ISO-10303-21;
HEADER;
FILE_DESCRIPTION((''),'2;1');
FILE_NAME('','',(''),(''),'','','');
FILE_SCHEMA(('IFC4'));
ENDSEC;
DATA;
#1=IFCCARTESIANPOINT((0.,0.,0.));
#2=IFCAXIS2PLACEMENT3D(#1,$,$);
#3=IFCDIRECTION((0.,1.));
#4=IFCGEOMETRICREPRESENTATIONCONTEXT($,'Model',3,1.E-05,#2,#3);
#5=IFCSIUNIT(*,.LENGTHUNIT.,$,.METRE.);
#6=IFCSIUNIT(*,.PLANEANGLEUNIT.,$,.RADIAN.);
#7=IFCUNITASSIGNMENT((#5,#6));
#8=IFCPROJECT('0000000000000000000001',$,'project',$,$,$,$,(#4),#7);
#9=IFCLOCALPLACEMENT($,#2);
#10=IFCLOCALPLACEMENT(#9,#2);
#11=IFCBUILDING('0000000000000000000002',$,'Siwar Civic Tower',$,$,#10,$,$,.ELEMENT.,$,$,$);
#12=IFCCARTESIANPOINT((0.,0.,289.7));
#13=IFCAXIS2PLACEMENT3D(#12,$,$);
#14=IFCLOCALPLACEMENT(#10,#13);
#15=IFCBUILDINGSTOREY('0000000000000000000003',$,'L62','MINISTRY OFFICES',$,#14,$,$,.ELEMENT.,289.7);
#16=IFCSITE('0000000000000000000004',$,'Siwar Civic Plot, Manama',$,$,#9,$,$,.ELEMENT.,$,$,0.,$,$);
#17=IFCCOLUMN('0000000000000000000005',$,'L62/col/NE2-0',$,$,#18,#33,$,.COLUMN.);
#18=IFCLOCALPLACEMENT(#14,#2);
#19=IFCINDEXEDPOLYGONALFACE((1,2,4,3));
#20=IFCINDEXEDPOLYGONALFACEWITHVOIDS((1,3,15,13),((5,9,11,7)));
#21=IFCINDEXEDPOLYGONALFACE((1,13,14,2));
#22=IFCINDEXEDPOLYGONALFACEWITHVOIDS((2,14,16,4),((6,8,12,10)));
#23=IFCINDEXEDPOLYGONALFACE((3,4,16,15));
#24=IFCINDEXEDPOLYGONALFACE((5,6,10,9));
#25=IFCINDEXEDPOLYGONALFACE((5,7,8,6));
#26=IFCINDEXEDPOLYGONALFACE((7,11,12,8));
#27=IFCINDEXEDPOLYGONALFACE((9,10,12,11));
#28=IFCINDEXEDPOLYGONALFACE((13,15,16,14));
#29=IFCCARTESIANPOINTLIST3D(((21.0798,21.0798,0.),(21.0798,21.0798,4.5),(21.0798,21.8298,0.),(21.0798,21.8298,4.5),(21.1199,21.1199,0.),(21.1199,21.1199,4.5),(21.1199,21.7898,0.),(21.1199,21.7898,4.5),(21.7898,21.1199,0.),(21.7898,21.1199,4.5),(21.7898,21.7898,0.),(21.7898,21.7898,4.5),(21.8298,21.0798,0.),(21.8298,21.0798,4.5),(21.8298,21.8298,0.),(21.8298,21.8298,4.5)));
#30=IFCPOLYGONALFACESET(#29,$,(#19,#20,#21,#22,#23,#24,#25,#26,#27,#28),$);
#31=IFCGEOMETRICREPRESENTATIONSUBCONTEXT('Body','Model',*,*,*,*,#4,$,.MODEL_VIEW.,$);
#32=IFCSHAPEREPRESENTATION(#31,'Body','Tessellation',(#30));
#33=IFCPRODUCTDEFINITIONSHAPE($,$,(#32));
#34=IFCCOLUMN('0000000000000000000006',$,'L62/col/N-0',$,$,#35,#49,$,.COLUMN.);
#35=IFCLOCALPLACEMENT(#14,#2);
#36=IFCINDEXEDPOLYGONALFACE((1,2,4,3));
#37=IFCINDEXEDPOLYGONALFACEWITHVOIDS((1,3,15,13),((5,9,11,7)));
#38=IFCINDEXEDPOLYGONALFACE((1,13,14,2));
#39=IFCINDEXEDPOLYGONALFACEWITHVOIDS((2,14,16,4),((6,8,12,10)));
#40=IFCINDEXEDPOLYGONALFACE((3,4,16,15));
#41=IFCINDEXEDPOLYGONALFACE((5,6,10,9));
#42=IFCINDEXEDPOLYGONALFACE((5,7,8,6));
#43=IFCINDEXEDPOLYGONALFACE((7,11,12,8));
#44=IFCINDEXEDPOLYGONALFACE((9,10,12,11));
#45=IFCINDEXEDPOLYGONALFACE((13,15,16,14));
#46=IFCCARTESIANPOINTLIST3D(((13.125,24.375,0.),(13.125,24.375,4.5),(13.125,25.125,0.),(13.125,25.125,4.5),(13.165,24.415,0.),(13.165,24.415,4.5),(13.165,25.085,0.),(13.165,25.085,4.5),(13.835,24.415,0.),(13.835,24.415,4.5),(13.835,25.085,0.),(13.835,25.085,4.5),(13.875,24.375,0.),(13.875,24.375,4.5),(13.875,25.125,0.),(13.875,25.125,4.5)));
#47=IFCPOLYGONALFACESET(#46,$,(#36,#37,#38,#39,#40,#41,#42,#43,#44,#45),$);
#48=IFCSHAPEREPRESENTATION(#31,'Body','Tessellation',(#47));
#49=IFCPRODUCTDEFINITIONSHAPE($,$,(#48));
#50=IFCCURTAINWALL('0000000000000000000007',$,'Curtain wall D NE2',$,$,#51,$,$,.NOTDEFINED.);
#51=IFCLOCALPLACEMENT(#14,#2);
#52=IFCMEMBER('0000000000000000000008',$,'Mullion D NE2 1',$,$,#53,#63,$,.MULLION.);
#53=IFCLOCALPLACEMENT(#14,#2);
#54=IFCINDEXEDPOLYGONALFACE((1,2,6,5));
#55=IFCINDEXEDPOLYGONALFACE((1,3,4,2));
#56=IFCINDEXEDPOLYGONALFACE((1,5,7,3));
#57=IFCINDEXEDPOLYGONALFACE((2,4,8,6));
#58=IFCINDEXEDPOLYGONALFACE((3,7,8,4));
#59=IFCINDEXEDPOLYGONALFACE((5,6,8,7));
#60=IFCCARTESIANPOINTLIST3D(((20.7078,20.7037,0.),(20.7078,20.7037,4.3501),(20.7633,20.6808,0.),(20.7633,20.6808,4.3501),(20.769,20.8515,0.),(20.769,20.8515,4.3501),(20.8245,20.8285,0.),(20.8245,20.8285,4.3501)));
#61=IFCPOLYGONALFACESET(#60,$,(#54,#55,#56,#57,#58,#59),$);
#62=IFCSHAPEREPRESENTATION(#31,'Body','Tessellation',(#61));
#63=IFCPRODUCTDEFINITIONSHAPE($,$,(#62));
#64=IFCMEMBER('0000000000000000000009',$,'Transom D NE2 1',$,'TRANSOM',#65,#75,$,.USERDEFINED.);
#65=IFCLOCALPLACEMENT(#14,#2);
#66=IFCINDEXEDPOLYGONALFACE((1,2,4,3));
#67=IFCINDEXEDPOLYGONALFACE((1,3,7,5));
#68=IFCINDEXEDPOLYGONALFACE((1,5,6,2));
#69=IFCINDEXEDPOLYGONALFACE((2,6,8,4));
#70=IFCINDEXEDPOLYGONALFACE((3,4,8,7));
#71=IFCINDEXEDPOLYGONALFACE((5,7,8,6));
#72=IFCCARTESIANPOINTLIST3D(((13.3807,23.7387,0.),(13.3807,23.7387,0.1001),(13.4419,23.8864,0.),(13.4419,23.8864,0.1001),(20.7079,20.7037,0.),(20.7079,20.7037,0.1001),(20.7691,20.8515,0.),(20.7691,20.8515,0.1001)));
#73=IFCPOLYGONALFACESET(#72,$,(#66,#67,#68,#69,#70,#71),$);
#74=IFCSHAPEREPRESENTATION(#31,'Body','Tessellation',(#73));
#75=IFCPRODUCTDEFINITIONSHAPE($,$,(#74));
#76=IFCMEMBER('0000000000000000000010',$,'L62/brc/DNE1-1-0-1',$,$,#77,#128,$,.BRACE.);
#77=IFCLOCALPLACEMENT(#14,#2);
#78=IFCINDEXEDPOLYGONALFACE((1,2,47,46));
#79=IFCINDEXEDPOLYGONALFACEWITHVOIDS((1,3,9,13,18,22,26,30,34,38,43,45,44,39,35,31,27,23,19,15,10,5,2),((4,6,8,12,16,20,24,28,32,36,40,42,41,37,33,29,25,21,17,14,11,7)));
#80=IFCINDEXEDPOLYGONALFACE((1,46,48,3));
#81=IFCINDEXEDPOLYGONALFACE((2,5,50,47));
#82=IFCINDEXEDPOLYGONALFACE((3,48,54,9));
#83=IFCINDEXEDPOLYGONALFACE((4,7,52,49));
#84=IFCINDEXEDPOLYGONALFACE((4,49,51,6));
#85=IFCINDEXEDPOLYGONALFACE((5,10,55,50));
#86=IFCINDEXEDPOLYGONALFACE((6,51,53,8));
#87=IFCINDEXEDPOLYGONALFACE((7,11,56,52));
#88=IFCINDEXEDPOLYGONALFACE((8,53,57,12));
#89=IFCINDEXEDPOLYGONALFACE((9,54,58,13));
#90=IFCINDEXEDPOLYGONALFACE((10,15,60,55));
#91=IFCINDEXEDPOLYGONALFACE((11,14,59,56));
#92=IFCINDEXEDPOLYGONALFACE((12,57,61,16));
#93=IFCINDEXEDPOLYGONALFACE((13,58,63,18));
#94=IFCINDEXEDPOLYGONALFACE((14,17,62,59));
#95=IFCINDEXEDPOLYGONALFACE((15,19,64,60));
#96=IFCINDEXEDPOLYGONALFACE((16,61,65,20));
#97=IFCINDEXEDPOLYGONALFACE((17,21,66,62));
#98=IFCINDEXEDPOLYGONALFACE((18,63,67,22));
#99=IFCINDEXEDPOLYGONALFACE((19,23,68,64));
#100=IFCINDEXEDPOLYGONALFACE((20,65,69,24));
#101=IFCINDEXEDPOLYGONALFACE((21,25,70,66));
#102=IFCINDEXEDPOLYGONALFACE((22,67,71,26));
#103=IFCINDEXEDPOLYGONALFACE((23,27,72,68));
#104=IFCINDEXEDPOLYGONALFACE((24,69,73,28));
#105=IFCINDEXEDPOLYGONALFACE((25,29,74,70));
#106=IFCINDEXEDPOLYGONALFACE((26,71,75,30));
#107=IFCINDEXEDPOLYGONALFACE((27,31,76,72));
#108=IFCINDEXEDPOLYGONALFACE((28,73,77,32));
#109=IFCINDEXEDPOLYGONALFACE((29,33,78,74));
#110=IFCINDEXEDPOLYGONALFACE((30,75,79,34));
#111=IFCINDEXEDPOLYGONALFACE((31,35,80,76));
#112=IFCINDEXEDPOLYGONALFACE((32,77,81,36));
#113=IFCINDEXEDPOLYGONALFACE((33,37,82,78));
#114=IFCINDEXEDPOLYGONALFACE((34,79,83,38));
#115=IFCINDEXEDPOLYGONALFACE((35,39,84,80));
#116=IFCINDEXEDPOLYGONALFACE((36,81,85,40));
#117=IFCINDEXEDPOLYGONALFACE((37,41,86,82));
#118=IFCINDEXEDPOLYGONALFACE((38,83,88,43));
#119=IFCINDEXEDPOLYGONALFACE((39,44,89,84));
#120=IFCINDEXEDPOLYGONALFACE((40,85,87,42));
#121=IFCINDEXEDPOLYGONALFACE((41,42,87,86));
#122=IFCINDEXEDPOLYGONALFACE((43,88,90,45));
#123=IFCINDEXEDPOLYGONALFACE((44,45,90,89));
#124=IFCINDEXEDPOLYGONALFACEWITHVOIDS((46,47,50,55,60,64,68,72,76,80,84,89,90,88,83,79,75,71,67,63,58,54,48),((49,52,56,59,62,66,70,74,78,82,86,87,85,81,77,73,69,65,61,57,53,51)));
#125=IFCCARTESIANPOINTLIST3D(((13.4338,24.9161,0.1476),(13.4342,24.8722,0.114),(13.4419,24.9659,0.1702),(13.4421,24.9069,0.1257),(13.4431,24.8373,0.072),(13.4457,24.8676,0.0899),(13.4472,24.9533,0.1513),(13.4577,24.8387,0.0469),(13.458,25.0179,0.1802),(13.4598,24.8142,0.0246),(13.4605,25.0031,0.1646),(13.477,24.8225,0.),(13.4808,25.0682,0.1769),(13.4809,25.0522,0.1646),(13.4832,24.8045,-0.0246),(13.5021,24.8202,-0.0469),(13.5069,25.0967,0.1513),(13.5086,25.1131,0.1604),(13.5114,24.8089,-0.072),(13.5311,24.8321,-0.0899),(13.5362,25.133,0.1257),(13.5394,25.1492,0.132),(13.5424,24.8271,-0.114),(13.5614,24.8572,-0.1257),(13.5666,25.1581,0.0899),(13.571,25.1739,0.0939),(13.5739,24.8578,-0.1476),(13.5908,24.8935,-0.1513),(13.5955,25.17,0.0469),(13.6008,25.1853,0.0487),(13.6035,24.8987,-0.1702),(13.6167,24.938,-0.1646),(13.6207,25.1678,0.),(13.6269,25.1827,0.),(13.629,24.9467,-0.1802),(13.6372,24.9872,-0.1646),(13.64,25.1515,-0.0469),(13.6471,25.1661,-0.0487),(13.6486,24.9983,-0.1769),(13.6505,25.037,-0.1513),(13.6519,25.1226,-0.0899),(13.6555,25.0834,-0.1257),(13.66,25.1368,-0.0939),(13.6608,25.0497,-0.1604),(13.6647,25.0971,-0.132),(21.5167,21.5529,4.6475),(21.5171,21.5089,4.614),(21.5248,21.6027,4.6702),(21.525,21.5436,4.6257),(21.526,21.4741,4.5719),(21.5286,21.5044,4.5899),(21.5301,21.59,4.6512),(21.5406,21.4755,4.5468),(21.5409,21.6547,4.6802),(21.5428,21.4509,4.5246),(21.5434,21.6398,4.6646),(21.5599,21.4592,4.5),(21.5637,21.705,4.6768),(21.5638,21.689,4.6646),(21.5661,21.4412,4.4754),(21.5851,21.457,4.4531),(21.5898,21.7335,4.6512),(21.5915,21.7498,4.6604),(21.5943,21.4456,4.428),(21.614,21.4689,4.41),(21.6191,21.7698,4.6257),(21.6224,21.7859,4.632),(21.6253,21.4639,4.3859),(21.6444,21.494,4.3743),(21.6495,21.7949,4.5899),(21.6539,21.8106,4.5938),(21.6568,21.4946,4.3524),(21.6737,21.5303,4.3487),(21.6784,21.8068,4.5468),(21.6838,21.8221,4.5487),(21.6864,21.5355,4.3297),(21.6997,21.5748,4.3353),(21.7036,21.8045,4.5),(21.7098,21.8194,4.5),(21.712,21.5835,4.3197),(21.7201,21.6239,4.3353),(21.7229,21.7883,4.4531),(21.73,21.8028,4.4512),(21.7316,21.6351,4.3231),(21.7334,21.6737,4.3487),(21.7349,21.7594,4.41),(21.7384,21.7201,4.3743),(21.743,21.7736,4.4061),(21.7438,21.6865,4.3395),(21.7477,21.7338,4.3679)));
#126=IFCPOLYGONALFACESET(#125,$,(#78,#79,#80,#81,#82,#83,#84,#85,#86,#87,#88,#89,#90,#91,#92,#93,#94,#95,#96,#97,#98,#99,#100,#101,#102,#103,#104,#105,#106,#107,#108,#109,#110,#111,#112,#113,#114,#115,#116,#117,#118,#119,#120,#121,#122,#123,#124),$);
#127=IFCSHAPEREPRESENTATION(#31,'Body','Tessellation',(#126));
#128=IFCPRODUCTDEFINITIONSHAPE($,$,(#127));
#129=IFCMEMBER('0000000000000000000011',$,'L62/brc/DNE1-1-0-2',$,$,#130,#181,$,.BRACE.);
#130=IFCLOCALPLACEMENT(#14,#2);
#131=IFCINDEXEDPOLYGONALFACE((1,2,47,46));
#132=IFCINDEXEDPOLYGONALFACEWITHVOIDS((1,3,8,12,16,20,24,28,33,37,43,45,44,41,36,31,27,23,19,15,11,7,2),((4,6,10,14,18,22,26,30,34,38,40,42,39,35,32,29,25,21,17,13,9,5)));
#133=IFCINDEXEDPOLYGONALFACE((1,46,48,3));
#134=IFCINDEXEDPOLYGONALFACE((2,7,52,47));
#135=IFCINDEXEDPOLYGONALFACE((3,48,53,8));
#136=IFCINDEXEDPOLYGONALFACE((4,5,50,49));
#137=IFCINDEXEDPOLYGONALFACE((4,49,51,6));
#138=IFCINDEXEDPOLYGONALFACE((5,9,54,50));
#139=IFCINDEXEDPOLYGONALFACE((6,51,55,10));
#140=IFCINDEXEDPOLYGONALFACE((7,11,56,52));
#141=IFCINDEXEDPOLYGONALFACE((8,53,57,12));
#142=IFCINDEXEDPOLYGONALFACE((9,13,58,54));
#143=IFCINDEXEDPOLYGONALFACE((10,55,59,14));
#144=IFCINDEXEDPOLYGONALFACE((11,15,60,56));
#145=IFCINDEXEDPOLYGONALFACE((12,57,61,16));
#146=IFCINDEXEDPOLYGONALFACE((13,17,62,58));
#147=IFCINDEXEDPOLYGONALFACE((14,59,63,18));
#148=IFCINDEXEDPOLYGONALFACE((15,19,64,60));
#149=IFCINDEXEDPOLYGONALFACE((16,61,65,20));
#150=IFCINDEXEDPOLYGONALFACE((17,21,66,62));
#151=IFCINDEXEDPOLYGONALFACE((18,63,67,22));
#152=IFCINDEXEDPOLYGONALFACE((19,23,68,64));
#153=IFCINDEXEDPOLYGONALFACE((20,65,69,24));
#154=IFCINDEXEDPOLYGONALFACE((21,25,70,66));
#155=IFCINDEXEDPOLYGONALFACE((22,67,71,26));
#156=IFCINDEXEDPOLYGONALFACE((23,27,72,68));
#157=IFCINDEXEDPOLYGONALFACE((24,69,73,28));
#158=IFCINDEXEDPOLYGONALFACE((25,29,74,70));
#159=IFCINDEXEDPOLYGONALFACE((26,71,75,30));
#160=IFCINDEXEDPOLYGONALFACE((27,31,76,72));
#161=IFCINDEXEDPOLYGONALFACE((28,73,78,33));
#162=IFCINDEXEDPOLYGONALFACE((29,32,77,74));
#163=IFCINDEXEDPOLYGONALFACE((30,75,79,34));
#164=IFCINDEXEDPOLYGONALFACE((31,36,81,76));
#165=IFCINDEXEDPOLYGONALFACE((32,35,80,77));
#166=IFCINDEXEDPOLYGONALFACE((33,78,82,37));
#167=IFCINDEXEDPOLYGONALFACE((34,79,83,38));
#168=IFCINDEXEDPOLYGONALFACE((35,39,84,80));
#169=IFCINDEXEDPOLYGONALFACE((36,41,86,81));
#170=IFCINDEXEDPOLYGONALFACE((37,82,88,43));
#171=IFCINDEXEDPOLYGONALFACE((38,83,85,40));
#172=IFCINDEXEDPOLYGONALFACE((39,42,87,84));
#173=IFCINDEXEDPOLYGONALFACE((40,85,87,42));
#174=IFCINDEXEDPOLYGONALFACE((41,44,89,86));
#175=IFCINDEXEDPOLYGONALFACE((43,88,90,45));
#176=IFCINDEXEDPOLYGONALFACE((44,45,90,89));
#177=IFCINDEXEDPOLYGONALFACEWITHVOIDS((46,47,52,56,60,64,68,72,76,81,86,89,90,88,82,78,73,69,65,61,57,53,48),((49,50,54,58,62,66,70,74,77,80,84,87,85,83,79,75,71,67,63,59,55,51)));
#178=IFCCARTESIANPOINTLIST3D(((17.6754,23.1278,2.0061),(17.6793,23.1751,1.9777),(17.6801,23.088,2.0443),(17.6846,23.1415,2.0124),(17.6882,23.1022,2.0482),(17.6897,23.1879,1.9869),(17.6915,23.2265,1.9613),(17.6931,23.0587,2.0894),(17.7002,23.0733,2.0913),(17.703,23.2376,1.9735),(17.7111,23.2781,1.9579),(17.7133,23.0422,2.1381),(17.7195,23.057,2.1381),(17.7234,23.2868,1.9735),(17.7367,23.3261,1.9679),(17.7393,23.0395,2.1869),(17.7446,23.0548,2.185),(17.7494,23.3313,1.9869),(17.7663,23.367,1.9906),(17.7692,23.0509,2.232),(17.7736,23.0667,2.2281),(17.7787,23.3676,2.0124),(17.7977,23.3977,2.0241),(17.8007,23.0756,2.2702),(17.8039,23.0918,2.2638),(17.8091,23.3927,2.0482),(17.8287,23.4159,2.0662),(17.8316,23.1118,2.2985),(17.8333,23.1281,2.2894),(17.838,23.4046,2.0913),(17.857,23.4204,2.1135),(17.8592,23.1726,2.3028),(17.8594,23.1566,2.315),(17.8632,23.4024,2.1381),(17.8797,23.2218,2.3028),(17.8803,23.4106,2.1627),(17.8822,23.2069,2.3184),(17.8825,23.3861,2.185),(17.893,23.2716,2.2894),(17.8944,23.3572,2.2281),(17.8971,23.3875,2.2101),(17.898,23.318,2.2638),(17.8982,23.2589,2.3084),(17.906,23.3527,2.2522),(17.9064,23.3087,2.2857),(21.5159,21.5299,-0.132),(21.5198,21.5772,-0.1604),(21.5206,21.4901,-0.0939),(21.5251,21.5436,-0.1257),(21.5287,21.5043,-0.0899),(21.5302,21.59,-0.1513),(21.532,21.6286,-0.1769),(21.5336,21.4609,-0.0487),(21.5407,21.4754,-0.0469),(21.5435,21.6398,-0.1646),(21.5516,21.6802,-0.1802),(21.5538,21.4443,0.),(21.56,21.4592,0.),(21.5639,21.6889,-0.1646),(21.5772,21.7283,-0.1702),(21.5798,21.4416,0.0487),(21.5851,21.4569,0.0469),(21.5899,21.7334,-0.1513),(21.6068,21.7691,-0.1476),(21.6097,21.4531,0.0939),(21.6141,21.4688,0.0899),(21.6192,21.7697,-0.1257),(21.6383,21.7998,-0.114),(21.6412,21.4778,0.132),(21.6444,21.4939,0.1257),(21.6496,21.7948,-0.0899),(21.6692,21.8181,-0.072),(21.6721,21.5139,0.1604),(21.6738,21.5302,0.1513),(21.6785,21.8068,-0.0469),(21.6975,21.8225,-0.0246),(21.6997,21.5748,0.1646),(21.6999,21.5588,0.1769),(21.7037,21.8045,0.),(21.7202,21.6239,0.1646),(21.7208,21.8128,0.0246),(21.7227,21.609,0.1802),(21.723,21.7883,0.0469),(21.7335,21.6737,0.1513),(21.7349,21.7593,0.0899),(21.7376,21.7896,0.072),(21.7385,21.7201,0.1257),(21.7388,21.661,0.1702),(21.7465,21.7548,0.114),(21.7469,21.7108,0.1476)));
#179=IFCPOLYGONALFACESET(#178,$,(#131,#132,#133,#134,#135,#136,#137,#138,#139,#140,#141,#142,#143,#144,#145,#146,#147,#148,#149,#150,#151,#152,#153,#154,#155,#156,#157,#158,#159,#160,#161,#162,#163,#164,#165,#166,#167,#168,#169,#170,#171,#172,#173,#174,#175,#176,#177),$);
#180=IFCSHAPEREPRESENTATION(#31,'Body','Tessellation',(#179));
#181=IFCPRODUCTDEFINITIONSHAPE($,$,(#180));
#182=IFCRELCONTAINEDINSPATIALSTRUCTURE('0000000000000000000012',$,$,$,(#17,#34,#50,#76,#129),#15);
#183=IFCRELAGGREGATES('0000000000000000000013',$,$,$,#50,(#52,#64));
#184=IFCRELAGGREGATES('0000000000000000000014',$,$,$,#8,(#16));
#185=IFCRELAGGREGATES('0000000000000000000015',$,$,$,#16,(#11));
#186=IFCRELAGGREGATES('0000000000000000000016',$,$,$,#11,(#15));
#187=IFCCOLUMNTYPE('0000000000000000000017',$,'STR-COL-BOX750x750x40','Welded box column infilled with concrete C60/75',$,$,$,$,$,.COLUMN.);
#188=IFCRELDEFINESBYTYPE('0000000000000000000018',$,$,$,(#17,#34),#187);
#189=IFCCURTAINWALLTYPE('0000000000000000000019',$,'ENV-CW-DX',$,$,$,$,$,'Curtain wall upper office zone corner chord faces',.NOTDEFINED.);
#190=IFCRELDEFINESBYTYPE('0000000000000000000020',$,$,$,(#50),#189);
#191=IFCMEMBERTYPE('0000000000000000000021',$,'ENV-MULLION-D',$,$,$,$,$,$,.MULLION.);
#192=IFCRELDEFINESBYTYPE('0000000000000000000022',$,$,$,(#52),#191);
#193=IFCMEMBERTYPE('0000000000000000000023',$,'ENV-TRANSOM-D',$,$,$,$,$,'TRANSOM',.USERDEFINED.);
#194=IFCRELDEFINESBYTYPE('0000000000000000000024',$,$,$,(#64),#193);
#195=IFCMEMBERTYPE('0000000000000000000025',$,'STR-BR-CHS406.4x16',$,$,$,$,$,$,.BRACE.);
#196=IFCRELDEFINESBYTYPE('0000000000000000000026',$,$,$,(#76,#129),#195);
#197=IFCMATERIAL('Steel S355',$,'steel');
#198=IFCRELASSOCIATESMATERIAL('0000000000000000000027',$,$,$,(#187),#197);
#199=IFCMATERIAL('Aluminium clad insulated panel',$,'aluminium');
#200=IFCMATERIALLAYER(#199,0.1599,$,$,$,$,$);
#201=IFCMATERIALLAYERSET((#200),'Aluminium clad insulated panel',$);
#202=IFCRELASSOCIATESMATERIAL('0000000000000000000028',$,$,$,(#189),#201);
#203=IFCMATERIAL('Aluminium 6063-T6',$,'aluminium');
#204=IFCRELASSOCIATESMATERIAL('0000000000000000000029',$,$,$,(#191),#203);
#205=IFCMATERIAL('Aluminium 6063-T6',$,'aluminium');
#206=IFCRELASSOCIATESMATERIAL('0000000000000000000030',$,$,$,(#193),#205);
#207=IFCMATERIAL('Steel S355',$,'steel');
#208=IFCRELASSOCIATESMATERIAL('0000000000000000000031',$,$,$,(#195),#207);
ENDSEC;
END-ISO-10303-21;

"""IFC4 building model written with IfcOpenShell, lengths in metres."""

from ifc_helpers import new_model, si_unit, direction, frame, origin, origin_2d, place, context, subcontext, project, spatial, rectangle, hollow_rectangle, hollow_circle, extrude, material, layer, layer_set, material_profile, profile_set, type_object, element, aggregate, save


model = new_model("IFC4")

# Units and contexts
model_context = context("Model", 3, precision=1e-05, world=origin(), true_north=direction((0.0, 1.0)))
body_context = subcontext(model_context, "Body", "Model", "MODEL_VIEW")
ifc_project = project(units=[si_unit("LENGTHUNIT", "METRE"), si_unit("PLANEANGLEUNIT", "RADIAN")], contexts=[model_context])

# Site, building, storey
site_placement = place(None, origin())
site = spatial("IfcSite", under=ifc_project, at=site_placement, Name="Siwar Civic Plot, Manama", CompositionType="ELEMENT", RefElevation=0.0)
building_placement = place(site_placement, origin())
building = spatial("IfcBuilding", under=site, at=building_placement, Name="Siwar Civic Tower", CompositionType="ELEMENT")
storey_placement = place(building_placement, frame((0.0, 0.0, 289.7)))
storey = spatial("IfcBuildingStorey", under=building, at=storey_placement, Name="L62", Description="MINISTRY OFFICES", CompositionType="ELEMENT", Elevation=289.7)

# Columns
ifc_material_1 = material(Name="Steel S355", Category="steel")
ifc_material_profile_1 = material_profile(ifc_material_1, hollow_rectangle(XDim=0.75, YDim=0.75, WallThickness=0.04, at=origin_2d()), Name="BOX750x750x40")
ifc_profile_set_1 = profile_set([ifc_material_profile_1], Name="Steel S355")
column_type = type_object("IfcColumnType", Name="STR-COL-BOX750x750x40", Description="Welded box column infilled with concrete C60/75", PredefinedType="COLUMN", material=ifc_profile_set_1)
for number, where, z_axis, x_axis, name in (
    (1, (21.4548, 21.4548, 0.0), (0.0, 0.0, 1.0), (1.0, 0.0, 0.0), "L62/col/NE2-0"),
    (2, (13.5, 24.75, 0.0), (0.0, 0.0, 1.0), (1.0, 0.0, 0.0), "L62/col/N-0"),
):
    element("IfcColumn", number, at=place(storey_placement, frame(where, z_axis=z_axis, x_axis=x_axis)), inside=storey, type_object=column_type, Name=name, PredefinedType="COLUMN", context=body_context, shape_type="SweptSolid", body=[
        extrude(hollow_rectangle(XDim=0.75, YDim=0.75, WallThickness=0.04, at=origin_2d()), origin(), (0.0, 0.0, 1.0), 4.5),
    ])

# Curtain wall, members
ifc_material_2 = material(Name="Aluminium clad insulated panel", Category="aluminium")
ifc_layer_1 = layer(ifc_material_2, 0.1599)
ifc_layer_set_1 = layer_set([ifc_layer_1], Name="Aluminium clad insulated panel")
curtain_wall_type = type_object("IfcCurtainWallType", Name="ENV-CW-DX", ElementType="Curtain wall upper office zone corner chord faces", PredefinedType="NOTDEFINED", material=ifc_layer_set_1)
curtain_wall_1_placement = place(storey_placement, origin())
curtain_wall_1 = element("IfcCurtainWall", 3, at=curtain_wall_1_placement, inside=storey, type_object=curtain_wall_type, Name="Curtain wall D NE2", PredefinedType="NOTDEFINED")
ifc_material_3 = material(Name="Aluminium 6063-T6", Category="aluminium")
ifc_material_profile_2 = material_profile(ifc_material_3, rectangle(XDim=0.1599, YDim=0.0601, at=origin_2d()), Name="AL 160x60")
ifc_profile_set_2 = profile_set([ifc_material_profile_2], Name="Aluminium 6063-T6")
member_type_1 = type_object("IfcMemberType", Name="ENV-MULLION-D", PredefinedType="MULLION", material=ifc_profile_set_2)
member_1_placement = place(storey_placement, frame((20.7661, 20.7661, 0.0), z_axis=(0.0, 0.0, 1.0), x_axis=(-0.382683, -0.92388, 0.0)))
member_1 = element("IfcMember", 4, at=member_1_placement, type_object=member_type_1, Name="Mullion D NE2 1", PredefinedType="MULLION", context=body_context, shape_type="SweptSolid", body=[
    extrude(rectangle(XDim=0.1599, YDim=0.0601, at=origin_2d()), origin(), (0.0, 0.0, 1.0), 4.3501),
])
ifc_material_4 = material(Name="Aluminium 6063-T6", Category="aluminium")
ifc_material_profile_3 = material_profile(ifc_material_4, rectangle(XDim=0.1599, YDim=0.1001, at=origin_2d()), Name="AL 160x100")
ifc_profile_set_3 = profile_set([ifc_material_profile_3], Name="Aluminium 6063-T6")
member_type_2 = type_object("IfcMemberType", Name="ENV-TRANSOM-D", ElementType="TRANSOM", PredefinedType="USERDEFINED", material=ifc_profile_set_3)
member_2_placement = place(storey_placement, frame((20.7385, 20.7776, 0.05), z_axis=(-0.923884, 0.382674, 0.0), x_axis=(-0.382674, -0.923884, 0.0)))
member_2 = element("IfcMember", 5, at=member_2_placement, type_object=member_type_2, Name="Transom D NE2 1", ObjectType="TRANSOM", PredefinedType="USERDEFINED", context=body_context, shape_type="SweptSolid", body=[
    extrude(rectangle(XDim=0.1599, YDim=0.1001, at=origin_2d()), origin(), (0.0, 0.0, 1.0), 7.9309),
])

# Members
ifc_material_5 = material(Name="Steel S355", Category="steel")
ifc_material_profile_4 = material_profile(ifc_material_5, hollow_circle(Radius=0.2031, WallThickness=0.0161, at=origin_2d()), Name="CHS406.4x16")
ifc_profile_set_4 = profile_set([ifc_material_profile_4], Name="Steel S355")
member_type_3 = type_object("IfcMemberType", Name="STR-BR-CHS406.4x16", PredefinedType="BRACE", material=ifc_profile_set_4)
member_3_placement = place(storey_placement, frame((13.5488, 24.9951, 0.0), z_axis=(0.821143, -0.341671, 0.457149), x_axis=(0.384164, 0.923265, 0.0)))
element("IfcMember", 6, at=member_3_placement, inside=storey, type_object=member_type_3, Name="L62/brc/DNE1-1-0-1", PredefinedType="BRACE", context=body_context, shape_type="SweptSolid", body=[
    extrude(hollow_circle(Radius=0.2031, WallThickness=0.0161, at=origin_2d()), origin(), (0.0, 0.0, 1.0), 9.8435),
])
member_4_placement = place(storey_placement, frame((21.6318, 21.6318, 0.0), z_axis=(-0.821147, 0.341644, 0.457161), x_axis=(-0.384136, -0.923276, 0.0)))
element("IfcMember", 7, at=member_4_placement, inside=storey, type_object=member_type_3, Name="L62/brc/DNE1-1-0-2", PredefinedType="BRACE", context=body_context, shape_type="SweptSolid", body=[
    extrude(hollow_circle(Radius=0.2031, WallThickness=0.0161, at=origin_2d()), origin(), (0.0, 0.0, 1.0), 4.677),
])

aggregate(curtain_wall_1, [member_1, member_2])

save(model, "model.ifc")
